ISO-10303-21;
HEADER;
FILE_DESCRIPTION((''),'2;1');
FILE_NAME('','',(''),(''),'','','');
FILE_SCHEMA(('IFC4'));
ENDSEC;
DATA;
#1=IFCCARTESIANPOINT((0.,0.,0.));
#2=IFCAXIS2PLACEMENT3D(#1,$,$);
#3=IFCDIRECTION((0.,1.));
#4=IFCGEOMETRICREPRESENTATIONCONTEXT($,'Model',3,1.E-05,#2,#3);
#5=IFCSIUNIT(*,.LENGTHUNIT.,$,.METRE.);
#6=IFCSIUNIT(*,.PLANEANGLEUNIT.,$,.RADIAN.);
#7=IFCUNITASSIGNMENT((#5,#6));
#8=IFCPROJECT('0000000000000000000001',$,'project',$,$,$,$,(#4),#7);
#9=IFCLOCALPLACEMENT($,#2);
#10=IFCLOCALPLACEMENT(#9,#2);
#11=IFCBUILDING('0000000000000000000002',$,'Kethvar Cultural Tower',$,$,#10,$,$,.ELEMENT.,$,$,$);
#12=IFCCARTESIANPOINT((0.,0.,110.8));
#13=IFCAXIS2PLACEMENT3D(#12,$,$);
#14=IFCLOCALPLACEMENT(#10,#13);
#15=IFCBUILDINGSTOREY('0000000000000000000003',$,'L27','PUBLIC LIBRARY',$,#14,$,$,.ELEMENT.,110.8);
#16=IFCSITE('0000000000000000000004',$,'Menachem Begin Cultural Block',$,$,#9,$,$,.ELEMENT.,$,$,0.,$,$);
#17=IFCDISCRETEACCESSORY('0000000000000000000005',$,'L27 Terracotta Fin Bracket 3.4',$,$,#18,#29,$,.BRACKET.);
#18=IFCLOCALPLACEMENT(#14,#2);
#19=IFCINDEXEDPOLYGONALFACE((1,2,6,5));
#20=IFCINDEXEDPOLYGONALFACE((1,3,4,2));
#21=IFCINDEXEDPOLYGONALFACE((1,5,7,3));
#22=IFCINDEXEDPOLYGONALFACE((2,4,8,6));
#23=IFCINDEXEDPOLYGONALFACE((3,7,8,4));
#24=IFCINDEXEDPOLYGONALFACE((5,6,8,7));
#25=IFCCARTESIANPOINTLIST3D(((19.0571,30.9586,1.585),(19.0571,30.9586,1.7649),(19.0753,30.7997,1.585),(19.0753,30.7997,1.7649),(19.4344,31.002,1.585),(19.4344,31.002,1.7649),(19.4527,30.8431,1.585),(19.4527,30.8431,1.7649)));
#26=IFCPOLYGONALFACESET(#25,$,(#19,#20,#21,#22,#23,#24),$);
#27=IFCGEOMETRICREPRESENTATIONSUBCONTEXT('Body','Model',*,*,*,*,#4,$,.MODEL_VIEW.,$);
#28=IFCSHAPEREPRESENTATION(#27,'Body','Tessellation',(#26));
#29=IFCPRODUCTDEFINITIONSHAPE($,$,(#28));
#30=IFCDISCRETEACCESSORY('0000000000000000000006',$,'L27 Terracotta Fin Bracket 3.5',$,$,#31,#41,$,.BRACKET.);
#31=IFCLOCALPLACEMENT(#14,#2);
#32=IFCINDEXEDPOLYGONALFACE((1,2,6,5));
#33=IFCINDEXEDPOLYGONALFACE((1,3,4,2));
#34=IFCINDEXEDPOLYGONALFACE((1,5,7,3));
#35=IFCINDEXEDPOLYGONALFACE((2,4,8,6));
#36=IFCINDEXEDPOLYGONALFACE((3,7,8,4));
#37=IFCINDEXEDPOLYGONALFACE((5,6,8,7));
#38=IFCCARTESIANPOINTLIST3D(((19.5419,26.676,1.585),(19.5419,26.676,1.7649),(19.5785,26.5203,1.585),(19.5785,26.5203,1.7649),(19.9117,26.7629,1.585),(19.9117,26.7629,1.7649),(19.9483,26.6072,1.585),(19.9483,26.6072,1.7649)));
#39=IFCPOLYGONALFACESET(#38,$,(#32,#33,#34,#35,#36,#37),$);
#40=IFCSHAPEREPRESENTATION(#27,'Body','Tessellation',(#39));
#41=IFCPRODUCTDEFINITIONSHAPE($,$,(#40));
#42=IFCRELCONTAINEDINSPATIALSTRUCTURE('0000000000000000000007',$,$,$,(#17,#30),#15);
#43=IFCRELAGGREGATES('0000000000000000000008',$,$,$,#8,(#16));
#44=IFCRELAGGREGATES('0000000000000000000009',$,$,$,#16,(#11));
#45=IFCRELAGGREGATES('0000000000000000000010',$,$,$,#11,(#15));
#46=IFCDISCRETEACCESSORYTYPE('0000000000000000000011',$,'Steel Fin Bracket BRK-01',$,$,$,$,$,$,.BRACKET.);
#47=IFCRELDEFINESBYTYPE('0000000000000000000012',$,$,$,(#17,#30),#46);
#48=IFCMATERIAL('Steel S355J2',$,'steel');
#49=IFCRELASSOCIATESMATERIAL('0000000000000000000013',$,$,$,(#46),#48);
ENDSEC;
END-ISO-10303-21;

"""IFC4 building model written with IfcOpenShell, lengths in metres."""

from ifc_helpers import new_model, si_unit, direction, frame, origin, origin_2d, place, context, subcontext, project, spatial, rectangle, extrude, source, transform, mapped, material, type_object, element, save


model = new_model("IFC4")

# Units and contexts
model_context = context("Model", 3, precision=1e-05, world=origin(), true_north=direction((0.0, 1.0)))
body_context = subcontext(model_context, "Body", "Model", "MODEL_VIEW")
ifc_project = project(units=[si_unit("LENGTHUNIT", "METRE"), si_unit("PLANEANGLEUNIT", "RADIAN")], contexts=[model_context])

# Site, building, storey
site_placement = place(None, origin())
site = spatial("IfcSite", under=ifc_project, at=site_placement, Name="Menachem Begin Cultural Block", CompositionType="ELEMENT", RefElevation=0.0)
building_placement = place(site_placement, origin())
building = spatial("IfcBuilding", under=site, at=building_placement, Name="Kethvar Cultural Tower", CompositionType="ELEMENT")
storey_placement = place(building_placement, frame((0.0, 0.0, 110.8)))
storey = spatial("IfcBuildingStorey", under=building, at=storey_placement, Name="L27", Description="PUBLIC LIBRARY", CompositionType="ELEMENT", Elevation=110.8)

# Shared definitions
ifc_material_1 = material(Name="Steel S355J2", Category="steel")

# Discrete accessories
discrete_accessory_type = type_object("IfcDiscreteAccessoryType", Name="Steel Fin Bracket BRK-01", PredefinedType="BRACKET", material=ifc_material_1)
shared_shape_1 = source(origin(), body_context, "Body", "SweptSolid", [
    extrude(rectangle(XDim=0.3799, YDim=0.1599, at=origin_2d()), origin(), (0.0, 0.0, 1.0), 0.1799),
])
for number, where, z_axis, x_axis, name in (
    (1, (19.2549, 30.9009, 1.585), (0.0, 0.0, 1.0), (-0.993453, -0.114244, 0.0), "L27 Terracotta Fin Bracket 3.4"),
    (2, (19.7451, 26.6416, 1.585), (0.0, 0.0, 1.0), (-0.973499, -0.228691, 0.0), "L27 Terracotta Fin Bracket 3.5"),
):
    element("IfcDiscreteAccessory", number, at=place(storey_placement, frame(where, z_axis=z_axis, x_axis=x_axis)), inside=storey, type_object=discrete_accessory_type, Name=name, PredefinedType="BRACKET", context=body_context, shape_type="MappedRepresentation", body=[
        mapped(shared_shape_1, transform((0.0, 0.0, 0.0), scale=1.0)),
    ])

save(model, "model.ifc")
